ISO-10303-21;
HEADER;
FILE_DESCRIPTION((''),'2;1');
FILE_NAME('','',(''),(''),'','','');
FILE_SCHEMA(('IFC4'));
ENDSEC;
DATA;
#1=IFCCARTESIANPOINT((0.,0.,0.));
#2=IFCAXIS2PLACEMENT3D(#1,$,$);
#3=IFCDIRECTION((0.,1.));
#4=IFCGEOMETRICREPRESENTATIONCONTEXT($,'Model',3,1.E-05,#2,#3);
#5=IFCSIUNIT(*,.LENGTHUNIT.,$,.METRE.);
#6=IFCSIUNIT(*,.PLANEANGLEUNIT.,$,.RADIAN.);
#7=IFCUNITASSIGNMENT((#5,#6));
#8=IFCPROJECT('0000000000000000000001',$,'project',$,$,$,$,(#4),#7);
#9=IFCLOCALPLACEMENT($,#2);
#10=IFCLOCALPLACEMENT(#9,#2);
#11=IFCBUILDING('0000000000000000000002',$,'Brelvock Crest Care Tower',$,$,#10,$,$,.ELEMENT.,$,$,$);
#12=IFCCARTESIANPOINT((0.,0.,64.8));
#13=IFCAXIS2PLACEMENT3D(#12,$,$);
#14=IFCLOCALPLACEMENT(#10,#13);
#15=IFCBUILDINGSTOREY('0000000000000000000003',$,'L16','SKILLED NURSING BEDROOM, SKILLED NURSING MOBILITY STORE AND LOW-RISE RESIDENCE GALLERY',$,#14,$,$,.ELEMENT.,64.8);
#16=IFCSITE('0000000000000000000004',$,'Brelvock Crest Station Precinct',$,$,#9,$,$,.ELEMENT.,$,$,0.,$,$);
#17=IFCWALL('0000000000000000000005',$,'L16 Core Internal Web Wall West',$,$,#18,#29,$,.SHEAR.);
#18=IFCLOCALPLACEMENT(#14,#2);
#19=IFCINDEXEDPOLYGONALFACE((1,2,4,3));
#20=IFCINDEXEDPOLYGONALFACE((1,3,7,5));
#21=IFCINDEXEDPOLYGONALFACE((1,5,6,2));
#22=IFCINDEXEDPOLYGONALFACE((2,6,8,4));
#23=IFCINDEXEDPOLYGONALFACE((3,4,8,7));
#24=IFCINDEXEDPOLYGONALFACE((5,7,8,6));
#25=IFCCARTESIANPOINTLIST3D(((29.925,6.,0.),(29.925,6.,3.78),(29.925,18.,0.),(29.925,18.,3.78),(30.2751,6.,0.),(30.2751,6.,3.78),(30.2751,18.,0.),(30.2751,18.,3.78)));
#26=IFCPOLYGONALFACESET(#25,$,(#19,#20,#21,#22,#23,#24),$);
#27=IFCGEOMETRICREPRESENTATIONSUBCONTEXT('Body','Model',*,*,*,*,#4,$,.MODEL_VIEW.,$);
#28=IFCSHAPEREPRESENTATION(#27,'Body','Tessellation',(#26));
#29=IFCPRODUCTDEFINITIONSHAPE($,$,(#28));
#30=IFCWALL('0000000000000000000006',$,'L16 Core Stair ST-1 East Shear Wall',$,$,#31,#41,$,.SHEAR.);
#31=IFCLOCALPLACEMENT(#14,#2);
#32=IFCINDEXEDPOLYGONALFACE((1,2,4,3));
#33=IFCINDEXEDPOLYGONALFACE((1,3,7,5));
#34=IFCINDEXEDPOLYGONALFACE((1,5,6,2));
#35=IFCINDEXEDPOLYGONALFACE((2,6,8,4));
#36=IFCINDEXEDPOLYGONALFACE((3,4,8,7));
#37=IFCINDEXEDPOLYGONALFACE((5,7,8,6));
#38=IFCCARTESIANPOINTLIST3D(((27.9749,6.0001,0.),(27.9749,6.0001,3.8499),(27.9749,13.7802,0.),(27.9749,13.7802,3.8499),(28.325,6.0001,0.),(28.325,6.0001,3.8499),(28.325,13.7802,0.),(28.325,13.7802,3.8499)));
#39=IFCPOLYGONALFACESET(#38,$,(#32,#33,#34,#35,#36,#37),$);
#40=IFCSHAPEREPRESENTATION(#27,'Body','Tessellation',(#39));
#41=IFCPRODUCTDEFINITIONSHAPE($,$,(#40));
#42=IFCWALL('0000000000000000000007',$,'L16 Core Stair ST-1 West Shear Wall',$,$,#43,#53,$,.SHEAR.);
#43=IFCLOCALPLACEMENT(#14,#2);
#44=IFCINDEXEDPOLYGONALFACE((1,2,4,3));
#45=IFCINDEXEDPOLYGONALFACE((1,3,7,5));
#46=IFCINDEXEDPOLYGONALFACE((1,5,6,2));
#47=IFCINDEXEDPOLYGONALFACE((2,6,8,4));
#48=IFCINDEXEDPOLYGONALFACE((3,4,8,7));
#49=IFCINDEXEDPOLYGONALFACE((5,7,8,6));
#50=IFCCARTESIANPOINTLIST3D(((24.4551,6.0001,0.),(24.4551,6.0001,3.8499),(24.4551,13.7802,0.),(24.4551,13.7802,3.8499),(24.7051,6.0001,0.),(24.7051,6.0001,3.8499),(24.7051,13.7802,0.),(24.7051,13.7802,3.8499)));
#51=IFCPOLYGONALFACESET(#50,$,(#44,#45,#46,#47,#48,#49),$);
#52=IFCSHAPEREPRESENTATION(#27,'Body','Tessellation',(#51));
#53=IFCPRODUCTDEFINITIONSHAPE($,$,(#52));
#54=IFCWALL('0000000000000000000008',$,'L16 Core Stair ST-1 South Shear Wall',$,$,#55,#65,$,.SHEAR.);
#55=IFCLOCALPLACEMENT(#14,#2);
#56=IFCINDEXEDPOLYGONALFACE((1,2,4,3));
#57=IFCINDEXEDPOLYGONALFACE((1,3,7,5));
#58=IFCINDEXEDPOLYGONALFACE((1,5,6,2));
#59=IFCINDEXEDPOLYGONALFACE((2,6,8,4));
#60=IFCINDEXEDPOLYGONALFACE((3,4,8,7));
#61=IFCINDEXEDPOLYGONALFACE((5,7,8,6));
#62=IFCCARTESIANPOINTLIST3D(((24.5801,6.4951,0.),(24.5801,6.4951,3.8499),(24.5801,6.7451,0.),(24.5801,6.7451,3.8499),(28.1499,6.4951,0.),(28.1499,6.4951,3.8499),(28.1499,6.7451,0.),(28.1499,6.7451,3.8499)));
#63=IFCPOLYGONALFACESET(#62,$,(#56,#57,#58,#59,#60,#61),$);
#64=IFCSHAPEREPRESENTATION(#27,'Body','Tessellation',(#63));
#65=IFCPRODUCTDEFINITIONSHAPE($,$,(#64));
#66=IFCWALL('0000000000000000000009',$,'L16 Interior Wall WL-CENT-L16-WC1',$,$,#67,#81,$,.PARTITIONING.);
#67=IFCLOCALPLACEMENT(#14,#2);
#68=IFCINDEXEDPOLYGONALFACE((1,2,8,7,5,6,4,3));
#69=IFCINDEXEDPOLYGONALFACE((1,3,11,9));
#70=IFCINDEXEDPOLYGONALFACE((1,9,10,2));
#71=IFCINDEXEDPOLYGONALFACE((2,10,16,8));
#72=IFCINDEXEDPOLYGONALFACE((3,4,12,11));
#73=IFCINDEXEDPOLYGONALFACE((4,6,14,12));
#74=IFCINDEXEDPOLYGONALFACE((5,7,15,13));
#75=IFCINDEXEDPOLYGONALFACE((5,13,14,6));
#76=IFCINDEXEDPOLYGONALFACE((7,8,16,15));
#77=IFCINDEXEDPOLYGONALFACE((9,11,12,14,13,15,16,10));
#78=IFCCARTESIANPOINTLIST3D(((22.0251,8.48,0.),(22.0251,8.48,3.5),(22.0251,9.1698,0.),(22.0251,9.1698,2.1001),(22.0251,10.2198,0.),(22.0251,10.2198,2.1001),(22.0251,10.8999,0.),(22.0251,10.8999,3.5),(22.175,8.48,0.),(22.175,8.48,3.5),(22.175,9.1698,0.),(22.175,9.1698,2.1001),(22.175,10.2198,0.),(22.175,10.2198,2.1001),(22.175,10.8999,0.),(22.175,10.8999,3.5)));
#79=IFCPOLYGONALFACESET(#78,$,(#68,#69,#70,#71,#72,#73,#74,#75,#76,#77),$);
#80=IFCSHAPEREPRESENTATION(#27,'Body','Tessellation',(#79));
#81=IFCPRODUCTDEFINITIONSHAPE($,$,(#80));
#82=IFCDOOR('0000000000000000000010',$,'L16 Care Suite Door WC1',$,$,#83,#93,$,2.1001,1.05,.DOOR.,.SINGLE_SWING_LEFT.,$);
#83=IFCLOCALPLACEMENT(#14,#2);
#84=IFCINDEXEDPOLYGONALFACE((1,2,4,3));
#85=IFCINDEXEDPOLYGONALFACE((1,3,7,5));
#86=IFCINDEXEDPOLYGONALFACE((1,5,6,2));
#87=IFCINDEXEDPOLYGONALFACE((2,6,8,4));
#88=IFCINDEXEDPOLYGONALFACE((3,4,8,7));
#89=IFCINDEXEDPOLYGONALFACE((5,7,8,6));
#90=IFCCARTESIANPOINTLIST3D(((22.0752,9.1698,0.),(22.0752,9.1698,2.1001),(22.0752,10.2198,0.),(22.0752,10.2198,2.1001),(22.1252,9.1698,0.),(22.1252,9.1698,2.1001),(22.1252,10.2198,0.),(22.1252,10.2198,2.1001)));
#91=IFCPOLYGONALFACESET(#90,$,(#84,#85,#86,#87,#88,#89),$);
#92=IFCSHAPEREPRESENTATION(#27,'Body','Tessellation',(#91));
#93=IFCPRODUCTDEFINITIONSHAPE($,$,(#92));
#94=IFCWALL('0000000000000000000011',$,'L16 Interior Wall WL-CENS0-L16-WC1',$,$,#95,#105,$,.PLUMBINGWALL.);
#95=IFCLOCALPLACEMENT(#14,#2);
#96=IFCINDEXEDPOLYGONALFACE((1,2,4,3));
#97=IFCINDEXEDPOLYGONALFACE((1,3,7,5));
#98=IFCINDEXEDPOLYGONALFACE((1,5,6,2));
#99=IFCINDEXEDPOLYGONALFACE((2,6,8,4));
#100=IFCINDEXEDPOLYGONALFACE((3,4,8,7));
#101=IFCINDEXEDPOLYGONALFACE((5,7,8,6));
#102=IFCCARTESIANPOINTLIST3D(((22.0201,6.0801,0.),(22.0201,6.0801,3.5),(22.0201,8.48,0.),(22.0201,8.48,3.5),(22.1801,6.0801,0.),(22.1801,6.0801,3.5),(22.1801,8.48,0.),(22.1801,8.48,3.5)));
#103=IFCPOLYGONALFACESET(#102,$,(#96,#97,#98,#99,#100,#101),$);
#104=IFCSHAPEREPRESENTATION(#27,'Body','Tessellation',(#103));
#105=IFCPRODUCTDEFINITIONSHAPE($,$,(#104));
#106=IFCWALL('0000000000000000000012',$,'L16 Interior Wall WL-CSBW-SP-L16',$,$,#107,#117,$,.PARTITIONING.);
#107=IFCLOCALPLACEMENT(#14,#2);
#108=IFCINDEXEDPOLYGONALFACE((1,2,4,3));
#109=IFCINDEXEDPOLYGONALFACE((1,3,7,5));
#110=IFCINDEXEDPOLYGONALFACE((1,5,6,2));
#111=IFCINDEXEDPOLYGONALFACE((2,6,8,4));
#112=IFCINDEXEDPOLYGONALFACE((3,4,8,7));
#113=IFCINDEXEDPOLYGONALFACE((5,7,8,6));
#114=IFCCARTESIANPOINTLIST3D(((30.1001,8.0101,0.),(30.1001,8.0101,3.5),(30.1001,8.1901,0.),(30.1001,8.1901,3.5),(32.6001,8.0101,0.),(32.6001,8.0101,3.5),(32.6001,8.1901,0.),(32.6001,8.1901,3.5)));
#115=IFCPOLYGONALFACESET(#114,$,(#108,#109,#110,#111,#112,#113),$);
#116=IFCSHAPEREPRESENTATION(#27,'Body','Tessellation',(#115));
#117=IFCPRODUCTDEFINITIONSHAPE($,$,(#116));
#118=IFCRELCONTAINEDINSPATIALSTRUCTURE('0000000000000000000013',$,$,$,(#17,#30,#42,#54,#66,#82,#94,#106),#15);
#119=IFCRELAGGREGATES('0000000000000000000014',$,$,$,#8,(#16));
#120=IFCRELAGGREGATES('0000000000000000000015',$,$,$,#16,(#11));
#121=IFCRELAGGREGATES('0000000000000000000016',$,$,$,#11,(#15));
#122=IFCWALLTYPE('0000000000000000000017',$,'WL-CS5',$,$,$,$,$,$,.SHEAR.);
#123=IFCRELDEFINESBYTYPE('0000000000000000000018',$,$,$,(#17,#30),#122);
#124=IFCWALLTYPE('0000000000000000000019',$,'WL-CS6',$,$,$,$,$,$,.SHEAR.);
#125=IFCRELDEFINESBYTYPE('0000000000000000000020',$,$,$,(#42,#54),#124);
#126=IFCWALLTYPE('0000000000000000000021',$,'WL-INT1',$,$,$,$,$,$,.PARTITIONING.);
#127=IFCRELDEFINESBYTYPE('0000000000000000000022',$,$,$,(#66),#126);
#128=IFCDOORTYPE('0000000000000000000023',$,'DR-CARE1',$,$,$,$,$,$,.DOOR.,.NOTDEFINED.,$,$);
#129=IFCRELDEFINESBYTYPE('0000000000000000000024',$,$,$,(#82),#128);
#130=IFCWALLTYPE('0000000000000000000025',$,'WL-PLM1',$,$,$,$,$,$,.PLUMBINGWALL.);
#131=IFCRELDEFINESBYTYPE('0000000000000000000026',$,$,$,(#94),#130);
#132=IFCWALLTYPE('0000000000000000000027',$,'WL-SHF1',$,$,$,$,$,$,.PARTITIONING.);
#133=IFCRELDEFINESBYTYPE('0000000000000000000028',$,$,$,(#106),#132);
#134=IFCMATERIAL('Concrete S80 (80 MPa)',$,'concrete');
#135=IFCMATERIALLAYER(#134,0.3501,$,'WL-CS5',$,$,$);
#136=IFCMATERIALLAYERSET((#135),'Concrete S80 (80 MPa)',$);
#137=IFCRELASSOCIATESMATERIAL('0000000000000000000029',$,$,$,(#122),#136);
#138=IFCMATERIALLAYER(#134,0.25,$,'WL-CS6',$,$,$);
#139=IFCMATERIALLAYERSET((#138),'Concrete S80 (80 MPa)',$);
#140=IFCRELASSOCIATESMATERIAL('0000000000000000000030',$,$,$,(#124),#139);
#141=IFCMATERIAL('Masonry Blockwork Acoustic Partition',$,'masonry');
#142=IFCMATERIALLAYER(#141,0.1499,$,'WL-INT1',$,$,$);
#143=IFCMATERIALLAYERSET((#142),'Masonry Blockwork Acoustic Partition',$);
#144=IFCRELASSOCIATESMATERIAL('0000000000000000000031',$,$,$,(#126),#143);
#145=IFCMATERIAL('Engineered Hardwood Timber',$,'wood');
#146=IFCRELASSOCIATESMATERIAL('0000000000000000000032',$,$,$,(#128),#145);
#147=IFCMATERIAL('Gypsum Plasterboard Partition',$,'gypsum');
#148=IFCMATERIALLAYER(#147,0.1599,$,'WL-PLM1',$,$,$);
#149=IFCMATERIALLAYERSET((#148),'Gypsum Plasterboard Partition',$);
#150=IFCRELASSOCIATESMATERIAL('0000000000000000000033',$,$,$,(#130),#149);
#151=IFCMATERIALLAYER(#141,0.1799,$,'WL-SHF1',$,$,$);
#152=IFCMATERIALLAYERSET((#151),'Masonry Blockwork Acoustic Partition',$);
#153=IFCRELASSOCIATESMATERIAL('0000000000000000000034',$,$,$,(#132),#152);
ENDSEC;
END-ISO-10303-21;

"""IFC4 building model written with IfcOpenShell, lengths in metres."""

from ifc_helpers import new_model, si_unit, direction, frame, frame_2d, origin, origin_2d, place, context, subcontext, project, spatial, rectangle, extrude, source, transform, mapped, material, layer, layer_set, type_object, element, fill, save


model = new_model("IFC4")

# Units and contexts
model_context = context("Model", 3, precision=1e-05, world=origin(), true_north=direction((0.0, 1.0)))
body_context = subcontext(model_context, "Body", "Model", "MODEL_VIEW")
ifc_project = project(units=[si_unit("LENGTHUNIT", "METRE"), si_unit("PLANEANGLEUNIT", "RADIAN")], contexts=[model_context])

# Site, building, storey
site_placement = place(None, origin())
site = spatial("IfcSite", under=ifc_project, at=site_placement, Name="Brelvock Crest Station Precinct", CompositionType="ELEMENT", RefElevation=0.0)
building_placement = place(site_placement, origin())
building = spatial("IfcBuilding", under=site, at=building_placement, Name="Brelvock Crest Care Tower", CompositionType="ELEMENT")
storey_placement = place(building_placement, frame((0.0, 0.0, 64.8)))
storey = spatial("IfcBuildingStorey", under=building, at=storey_placement, Name="L16", Description="SKILLED NURSING BEDROOM, SKILLED NURSING MOBILITY STORE AND LOW-RISE RESIDENCE GALLERY", CompositionType="ELEMENT", Elevation=64.8)

# Shared definitions
ifc_material_1 = material(Name="Concrete S80 (80 MPa)", Category="concrete")

# Walls
ifc_layer_1 = layer(ifc_material_1, 0.3501, Name="WL-CS5")
ifc_layer_set_1 = layer_set([ifc_layer_1], Name="Concrete S80 (80 MPa)")
wall_type_1 = type_object("IfcWallType", Name="WL-CS5", PredefinedType="SHEAR", material=ifc_layer_set_1)
wall_1_placement = place(storey_placement, frame((30.1001, 6.0, 0.0), z_axis=(0.0, 0.0, 1.0), x_axis=(0.0, 1.0, 0.0)))
element("IfcWall", 1, at=wall_1_placement, inside=storey, type_object=wall_type_1, Name="L16 Core Internal Web Wall West", PredefinedType="SHEAR", context=body_context, shape_type="SweptSolid", body=[
    extrude(rectangle(XDim=12.0, YDim=0.3501, at=frame_2d((6.0, 0.0))), origin(), (0.0, 0.0, 1.0), 3.78),
])
wall_2_placement = place(storey_placement, frame((28.1499, 6.0, 0.0), z_axis=(0.0, 0.0, 1.0), x_axis=(0.0, 1.0, 0.0)))
element("IfcWall", 2, at=wall_2_placement, inside=storey, type_object=wall_type_1, Name="L16 Core Stair ST-1 East Shear Wall", PredefinedType="SHEAR", context=body_context, shape_type="SweptSolid", body=[
    extrude(rectangle(XDim=7.78, YDim=0.3501, at=frame_2d((3.8901, 0.0))), origin(), (0.0, 0.0, 1.0), 3.8499),
])
ifc_layer_2 = layer(ifc_material_1, 0.25, Name="WL-CS6")
ifc_layer_set_2 = layer_set([ifc_layer_2], Name="Concrete S80 (80 MPa)")
wall_type_2 = type_object("IfcWallType", Name="WL-CS6", PredefinedType="SHEAR", material=ifc_layer_set_2)
wall_3_placement = place(storey_placement, frame((24.5801, 6.0, 0.0), z_axis=(0.0, 0.0, 1.0), x_axis=(0.0, 1.0, 0.0)))
element("IfcWall", 3, at=wall_3_placement, inside=storey, type_object=wall_type_2, Name="L16 Core Stair ST-1 West Shear Wall", PredefinedType="SHEAR", context=body_context, shape_type="SweptSolid", body=[
    extrude(rectangle(XDim=7.78, YDim=0.25, at=frame_2d((3.8901, 0.0))), origin(), (0.0, 0.0, 1.0), 3.8499),
])
wall_4_placement = place(storey_placement, frame((24.5801, 6.6201, 0.0), z_axis=(0.0, 0.0, 1.0), x_axis=(1.0, 0.0, 0.0)))
element("IfcWall", 4, at=wall_4_placement, inside=storey, type_object=wall_type_2, Name="L16 Core Stair ST-1 South Shear Wall", PredefinedType="SHEAR", context=body_context, shape_type="SweptSolid", body=[
    extrude(rectangle(XDim=3.5698, YDim=0.25, at=frame_2d((1.7849, 0.0))), origin(), (0.0, 0.0, 1.0), 3.8499),
])

# Wall, opening, door
ifc_material_2 = material(Name="Masonry Blockwork Acoustic Partition", Category="masonry")
ifc_layer_3 = layer(ifc_material_2, 0.1499, Name="WL-INT1")
ifc_layer_set_3 = layer_set([ifc_layer_3], Name="Masonry Blockwork Acoustic Partition")
wall_type_3 = type_object("IfcWallType", Name="WL-INT1", PredefinedType="PARTITIONING", material=ifc_layer_set_3)
wall_5_placement = place(storey_placement, frame((22.1001, 8.48, 0.0), z_axis=(0.0, 0.0, 1.0), x_axis=(0.0, 1.0, 0.0)))
wall_5 = element("IfcWall", 5, at=wall_5_placement, inside=storey, type_object=wall_type_3, Name="L16 Interior Wall WL-CENT-L16-WC1", PredefinedType="PARTITIONING", context=body_context, shape_type="SweptSolid", body=[
    extrude(rectangle(XDim=2.4199, YDim=0.1499, at=frame_2d((1.21, 0.0))), origin(), (0.0, 0.0, 1.0), 3.5),
])
opening_placement = place(wall_5_placement, frame((0.6899, 0.0, 0.0)))
opening = element("IfcOpeningElement", 6, at=opening_placement, cuts=wall_5, PredefinedType="OPENING", context=body_context, shape_type="SweptSolid", body=[
    extrude(rectangle(XDim=1.05, YDim=2.1001, at=origin_2d()), frame((0.5249, 0.085, 1.05), z_axis=(0.0, -1.0, 0.0), x_axis=(1.0, 0.0, 0.0)), (0.0, 0.0, 1.0), 0.1699),
])
ifc_material_3 = material(Name="Engineered Hardwood Timber", Category="wood")
door_type = type_object("IfcDoorType", Name="DR-CARE1", OperationType="NOTDEFINED", PredefinedType="DOOR", material=ifc_material_3)
shared_shape_1 = source(origin(), body_context, "Body", "SweptSolid", [
    extrude(rectangle(XDim=1.05, YDim=2.1001, at=origin_2d()), frame((0.5249, 0.0249, 1.05), z_axis=(0.0, -1.0, 0.0), x_axis=(1.0, 0.0, 0.0)), (0.0, 0.0, 1.0), 0.05),
])
door_placement = place(opening_placement, origin())
door = element("IfcDoor", 7, at=door_placement, inside=storey, type_object=door_type, Name="L16 Care Suite Door WC1", OperationType="SINGLE_SWING_LEFT", OverallHeight=2.1001, OverallWidth=1.05, PredefinedType="DOOR", context=body_context, shape_type="MappedRepresentation", body=[
    mapped(shared_shape_1, transform((0.0, 0.0, 0.0), x_axis=(1.0, 0.0, 0.0), y_axis=(0.0, 1.0, 0.0), z_axis=(0.0, 0.0, 1.0), scale=1.0)),
])
fill(opening, door)

# Walls
ifc_material_4 = material(Name="Gypsum Plasterboard Partition", Category="gypsum")
ifc_layer_4 = layer(ifc_material_4, 0.1599, Name="WL-PLM1")
ifc_layer_set_4 = layer_set([ifc_layer_4], Name="Gypsum Plasterboard Partition")
wall_type_4 = type_object("IfcWallType", Name="WL-PLM1", PredefinedType="PLUMBINGWALL", material=ifc_layer_set_4)
wall_6_placement = place(storey_placement, frame((22.1001, 6.0801, 0.0), z_axis=(0.0, 0.0, 1.0), x_axis=(0.0, 1.0, 0.0)))
element("IfcWall", 8, at=wall_6_placement, inside=storey, type_object=wall_type_4, Name="L16 Interior Wall WL-CENS0-L16-WC1", PredefinedType="PLUMBINGWALL", context=body_context, shape_type="SweptSolid", body=[
    extrude(rectangle(XDim=2.3999, YDim=0.1599, at=frame_2d((1.2, 0.0))), origin(), (0.0, 0.0, 1.0), 3.5),
])
ifc_layer_5 = layer(ifc_material_2, 0.1799, Name="WL-SHF1")
ifc_layer_set_5 = layer_set([ifc_layer_5], Name="Masonry Blockwork Acoustic Partition")
wall_type_5 = type_object("IfcWallType", Name="WL-SHF1", PredefinedType="PARTITIONING", material=ifc_layer_set_5)
wall_7_placement = place(storey_placement, frame((30.1001, 8.1001, 0.0), z_axis=(0.0, 0.0, 1.0), x_axis=(1.0, 0.0, 0.0)))
element("IfcWall", 9, at=wall_7_placement, inside=storey, type_object=wall_type_5, Name="L16 Interior Wall WL-CSBW-SP-L16", PredefinedType="PARTITIONING", context=body_context, shape_type="SweptSolid", body=[
    extrude(rectangle(XDim=2.5, YDim=0.1799, at=frame_2d((1.25, 0.0))), origin(), (0.0, 0.0, 1.0), 3.5),
])

save(model, "model.ifc")
